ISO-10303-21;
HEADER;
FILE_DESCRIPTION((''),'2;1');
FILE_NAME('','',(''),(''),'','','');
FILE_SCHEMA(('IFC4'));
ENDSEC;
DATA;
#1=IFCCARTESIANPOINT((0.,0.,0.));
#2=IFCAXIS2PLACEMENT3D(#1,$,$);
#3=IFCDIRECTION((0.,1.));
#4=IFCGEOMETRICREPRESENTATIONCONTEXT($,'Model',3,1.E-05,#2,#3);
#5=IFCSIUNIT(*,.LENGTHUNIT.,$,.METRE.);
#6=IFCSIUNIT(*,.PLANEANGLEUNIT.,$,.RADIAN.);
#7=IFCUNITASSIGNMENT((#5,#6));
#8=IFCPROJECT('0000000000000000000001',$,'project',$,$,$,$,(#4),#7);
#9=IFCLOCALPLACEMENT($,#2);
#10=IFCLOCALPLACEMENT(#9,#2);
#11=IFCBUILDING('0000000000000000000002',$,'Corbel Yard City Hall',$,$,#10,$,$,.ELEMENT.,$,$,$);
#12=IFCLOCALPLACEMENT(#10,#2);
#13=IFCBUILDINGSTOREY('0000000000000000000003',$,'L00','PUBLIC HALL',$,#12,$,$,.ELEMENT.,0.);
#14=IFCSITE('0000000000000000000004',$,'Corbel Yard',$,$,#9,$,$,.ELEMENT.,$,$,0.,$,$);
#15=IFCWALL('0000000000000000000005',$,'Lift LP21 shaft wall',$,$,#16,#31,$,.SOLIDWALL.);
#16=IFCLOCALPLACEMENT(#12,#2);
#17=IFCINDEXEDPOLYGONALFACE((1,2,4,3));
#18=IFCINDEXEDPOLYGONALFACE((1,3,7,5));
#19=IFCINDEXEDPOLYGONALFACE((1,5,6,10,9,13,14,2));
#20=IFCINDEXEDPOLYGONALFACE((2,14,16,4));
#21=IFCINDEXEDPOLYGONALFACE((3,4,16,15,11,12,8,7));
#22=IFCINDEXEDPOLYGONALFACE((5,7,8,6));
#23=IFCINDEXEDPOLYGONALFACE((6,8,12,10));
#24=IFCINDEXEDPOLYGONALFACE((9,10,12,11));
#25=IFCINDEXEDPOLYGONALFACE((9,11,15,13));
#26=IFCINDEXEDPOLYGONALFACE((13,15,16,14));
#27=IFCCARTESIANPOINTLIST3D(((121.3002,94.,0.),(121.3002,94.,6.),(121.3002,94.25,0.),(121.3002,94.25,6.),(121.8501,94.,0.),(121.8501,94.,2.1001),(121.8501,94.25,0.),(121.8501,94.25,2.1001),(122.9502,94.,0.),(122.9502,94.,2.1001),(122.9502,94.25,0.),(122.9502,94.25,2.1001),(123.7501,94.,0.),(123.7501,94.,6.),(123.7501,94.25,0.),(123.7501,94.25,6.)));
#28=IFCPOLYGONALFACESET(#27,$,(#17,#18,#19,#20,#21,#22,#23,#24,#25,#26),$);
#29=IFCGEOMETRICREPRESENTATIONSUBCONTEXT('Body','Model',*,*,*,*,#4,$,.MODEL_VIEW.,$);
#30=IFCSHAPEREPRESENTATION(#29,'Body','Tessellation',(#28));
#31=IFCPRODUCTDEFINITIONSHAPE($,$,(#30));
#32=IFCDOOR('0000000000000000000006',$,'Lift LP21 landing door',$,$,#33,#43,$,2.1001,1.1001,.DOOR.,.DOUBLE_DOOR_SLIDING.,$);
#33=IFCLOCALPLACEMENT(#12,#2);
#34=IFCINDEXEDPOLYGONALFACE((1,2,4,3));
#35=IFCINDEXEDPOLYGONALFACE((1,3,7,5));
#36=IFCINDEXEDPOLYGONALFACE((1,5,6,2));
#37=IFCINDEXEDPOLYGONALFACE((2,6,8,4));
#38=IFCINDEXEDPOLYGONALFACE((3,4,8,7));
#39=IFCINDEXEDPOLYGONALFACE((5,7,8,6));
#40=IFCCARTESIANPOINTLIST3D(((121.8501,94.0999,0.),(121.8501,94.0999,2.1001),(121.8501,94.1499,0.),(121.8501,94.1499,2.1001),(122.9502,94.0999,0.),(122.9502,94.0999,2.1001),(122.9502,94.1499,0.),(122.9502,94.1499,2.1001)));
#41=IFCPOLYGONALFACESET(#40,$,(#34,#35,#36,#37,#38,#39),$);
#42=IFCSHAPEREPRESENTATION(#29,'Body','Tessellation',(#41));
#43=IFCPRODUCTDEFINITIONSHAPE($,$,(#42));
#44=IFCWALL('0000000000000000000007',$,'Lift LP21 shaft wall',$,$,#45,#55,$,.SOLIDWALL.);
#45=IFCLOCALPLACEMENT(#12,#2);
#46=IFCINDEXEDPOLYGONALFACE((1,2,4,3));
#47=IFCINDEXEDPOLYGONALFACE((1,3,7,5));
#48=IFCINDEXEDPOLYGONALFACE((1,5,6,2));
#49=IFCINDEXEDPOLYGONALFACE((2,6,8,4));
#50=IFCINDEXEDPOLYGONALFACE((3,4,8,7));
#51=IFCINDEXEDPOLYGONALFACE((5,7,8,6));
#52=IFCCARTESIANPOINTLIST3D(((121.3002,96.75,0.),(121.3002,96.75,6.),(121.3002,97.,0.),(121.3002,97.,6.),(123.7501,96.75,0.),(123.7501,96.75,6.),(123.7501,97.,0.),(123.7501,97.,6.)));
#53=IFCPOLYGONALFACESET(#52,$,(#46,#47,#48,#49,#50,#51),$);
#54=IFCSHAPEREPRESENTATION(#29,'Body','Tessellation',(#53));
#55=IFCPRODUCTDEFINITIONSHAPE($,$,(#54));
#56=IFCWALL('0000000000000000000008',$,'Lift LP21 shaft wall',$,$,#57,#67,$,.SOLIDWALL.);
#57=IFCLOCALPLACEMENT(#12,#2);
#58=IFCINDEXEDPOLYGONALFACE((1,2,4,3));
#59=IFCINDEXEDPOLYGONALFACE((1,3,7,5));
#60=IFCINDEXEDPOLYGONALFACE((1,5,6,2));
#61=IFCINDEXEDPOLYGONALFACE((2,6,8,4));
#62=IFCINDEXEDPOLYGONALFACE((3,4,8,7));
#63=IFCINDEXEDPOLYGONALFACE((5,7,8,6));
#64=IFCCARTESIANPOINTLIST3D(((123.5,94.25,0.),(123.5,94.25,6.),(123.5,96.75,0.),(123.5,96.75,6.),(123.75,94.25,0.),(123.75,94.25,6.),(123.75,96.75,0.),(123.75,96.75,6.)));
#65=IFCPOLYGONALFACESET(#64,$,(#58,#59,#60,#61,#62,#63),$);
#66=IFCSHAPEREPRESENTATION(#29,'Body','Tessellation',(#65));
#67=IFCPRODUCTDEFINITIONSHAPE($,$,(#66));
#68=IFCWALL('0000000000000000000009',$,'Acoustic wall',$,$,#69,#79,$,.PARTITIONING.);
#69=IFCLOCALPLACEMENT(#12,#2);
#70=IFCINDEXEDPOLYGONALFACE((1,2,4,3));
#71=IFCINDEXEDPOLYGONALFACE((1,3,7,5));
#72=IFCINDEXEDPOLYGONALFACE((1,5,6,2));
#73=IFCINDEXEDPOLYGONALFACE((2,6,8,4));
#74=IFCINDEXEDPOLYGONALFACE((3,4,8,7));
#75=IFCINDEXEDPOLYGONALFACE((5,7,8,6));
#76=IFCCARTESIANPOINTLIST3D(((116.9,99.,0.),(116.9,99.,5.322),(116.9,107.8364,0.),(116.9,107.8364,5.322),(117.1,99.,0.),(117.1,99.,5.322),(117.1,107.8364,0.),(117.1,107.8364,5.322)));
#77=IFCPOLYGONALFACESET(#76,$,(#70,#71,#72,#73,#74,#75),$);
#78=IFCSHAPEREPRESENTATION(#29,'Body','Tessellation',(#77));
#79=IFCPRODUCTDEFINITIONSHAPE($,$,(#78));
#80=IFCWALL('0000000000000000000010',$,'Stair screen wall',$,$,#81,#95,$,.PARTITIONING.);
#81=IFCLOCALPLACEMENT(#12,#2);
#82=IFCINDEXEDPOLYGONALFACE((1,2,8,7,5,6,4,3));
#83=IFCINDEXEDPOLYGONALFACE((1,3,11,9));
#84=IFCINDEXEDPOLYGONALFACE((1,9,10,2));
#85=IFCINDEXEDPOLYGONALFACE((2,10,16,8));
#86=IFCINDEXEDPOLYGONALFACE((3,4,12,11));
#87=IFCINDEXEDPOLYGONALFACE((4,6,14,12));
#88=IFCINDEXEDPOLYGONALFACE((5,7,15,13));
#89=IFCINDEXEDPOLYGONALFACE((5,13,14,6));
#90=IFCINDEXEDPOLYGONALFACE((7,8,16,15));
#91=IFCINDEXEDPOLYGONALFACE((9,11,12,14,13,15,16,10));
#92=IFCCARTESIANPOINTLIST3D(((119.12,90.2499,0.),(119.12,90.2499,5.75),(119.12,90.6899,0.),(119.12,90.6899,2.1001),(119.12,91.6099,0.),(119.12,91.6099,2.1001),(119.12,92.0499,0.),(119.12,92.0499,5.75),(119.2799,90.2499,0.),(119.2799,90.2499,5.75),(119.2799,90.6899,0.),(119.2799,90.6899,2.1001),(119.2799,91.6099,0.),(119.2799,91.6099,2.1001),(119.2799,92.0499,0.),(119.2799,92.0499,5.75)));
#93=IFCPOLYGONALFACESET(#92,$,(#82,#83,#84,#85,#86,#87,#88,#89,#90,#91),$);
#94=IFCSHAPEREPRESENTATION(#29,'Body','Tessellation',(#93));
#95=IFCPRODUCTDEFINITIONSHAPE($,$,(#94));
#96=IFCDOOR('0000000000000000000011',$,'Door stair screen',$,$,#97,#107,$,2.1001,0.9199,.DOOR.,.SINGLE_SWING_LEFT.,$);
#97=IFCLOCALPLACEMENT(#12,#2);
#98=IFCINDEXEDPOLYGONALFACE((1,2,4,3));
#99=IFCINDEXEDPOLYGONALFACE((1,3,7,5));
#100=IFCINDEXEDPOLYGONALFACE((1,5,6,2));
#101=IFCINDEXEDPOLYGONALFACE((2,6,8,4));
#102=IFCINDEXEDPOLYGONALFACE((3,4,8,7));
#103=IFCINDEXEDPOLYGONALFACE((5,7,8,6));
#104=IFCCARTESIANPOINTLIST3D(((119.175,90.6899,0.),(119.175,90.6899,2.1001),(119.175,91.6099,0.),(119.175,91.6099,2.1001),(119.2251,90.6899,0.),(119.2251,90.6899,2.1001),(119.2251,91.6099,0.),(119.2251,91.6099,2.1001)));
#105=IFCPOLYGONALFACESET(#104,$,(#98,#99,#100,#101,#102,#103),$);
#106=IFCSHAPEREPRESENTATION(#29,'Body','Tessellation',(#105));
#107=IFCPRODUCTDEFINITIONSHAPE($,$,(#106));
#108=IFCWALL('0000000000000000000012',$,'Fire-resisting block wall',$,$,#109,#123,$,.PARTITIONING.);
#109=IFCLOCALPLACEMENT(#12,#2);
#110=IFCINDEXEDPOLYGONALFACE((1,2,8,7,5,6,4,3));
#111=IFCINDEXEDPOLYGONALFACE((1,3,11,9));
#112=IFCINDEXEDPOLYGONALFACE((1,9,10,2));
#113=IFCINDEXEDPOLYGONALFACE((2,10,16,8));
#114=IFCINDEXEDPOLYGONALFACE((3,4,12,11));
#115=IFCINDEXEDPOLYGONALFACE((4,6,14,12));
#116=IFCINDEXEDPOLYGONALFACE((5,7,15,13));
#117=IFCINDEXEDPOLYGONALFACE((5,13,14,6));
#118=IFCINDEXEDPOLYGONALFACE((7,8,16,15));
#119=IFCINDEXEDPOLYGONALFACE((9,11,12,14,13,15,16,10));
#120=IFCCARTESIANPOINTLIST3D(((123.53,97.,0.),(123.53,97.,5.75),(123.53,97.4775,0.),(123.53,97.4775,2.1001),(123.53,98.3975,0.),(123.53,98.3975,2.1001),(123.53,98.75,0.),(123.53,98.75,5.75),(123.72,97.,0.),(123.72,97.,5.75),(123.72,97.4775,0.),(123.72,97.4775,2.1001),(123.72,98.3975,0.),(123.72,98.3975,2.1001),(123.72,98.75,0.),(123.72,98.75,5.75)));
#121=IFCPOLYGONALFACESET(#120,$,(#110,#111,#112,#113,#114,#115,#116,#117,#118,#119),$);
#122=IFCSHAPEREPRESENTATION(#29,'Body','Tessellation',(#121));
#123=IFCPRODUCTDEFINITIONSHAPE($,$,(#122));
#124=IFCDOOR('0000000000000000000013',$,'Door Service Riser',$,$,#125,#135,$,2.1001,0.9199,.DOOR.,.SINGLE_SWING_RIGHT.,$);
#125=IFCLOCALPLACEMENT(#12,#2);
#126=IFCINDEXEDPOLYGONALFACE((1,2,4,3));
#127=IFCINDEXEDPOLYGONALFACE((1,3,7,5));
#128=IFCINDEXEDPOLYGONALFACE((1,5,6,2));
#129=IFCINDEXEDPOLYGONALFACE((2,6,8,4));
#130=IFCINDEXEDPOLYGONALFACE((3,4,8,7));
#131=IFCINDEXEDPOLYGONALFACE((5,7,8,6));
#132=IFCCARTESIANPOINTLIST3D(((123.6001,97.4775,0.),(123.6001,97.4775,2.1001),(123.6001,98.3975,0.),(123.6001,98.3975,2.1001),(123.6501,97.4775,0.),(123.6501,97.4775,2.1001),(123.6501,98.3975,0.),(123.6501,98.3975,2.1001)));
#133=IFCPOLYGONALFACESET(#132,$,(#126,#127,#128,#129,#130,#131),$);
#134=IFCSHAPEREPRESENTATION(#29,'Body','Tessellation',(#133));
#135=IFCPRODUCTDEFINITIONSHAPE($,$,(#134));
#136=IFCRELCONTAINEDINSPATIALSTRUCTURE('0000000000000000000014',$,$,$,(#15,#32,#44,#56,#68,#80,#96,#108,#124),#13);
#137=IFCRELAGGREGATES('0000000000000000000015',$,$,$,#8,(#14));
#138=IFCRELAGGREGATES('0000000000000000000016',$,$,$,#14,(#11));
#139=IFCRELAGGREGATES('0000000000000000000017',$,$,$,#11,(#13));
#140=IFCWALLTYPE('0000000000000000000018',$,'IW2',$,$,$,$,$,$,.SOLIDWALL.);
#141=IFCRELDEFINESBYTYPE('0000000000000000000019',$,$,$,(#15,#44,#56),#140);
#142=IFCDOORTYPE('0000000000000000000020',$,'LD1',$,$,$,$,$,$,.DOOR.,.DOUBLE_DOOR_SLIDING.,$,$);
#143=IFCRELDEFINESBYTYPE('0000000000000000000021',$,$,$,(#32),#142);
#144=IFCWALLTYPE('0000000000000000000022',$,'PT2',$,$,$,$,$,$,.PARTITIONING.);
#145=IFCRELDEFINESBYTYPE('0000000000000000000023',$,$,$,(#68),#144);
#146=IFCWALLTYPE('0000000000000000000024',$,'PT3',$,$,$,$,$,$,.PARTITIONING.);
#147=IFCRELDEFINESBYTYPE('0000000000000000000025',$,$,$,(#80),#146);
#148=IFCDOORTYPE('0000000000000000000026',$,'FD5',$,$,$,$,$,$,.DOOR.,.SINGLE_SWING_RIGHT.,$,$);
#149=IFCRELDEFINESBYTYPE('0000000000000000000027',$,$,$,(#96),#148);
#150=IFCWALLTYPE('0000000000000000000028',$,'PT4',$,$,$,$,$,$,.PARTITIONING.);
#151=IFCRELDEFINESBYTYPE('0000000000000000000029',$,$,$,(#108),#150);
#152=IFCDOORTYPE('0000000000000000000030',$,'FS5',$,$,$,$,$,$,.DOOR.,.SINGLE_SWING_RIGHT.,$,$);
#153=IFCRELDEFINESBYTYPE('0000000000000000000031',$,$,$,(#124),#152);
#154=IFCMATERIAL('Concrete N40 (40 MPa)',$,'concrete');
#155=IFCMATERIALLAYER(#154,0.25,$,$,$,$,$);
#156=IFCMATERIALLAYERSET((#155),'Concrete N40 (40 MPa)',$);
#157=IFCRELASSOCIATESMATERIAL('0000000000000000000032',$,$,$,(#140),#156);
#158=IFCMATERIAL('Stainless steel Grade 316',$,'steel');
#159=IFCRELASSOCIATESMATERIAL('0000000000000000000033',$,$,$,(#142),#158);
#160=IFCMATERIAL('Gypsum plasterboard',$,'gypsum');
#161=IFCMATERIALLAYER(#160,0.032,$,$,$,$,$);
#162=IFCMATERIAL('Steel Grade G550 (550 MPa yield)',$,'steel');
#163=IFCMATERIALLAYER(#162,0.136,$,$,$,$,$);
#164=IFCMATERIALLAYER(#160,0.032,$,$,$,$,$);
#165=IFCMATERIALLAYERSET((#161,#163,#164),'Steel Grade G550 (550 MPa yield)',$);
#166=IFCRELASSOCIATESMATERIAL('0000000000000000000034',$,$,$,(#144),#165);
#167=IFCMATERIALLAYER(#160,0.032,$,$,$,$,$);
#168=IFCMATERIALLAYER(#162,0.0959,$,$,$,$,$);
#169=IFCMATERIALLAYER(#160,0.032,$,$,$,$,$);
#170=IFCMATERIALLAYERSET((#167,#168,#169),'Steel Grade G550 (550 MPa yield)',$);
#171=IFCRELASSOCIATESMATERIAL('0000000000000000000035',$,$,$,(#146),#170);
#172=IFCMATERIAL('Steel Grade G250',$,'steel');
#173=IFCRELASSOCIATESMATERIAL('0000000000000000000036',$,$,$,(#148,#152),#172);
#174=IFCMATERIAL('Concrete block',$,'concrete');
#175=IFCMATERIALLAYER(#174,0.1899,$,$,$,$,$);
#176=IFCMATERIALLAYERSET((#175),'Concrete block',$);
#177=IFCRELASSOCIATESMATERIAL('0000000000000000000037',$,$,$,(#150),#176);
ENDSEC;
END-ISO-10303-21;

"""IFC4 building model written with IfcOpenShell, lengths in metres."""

from ifc_helpers import new_model, si_unit, direction, frame, frame_2d, origin, place, context, subcontext, project, spatial, rectangle, extrude, material, layer, layer_set, type_object, element, fill, save


model = new_model("IFC4")

# Units and contexts
model_context = context("Model", 3, precision=1e-05, world=origin(), true_north=direction((0.0, 1.0)))
body_context = subcontext(model_context, "Body", "Model", "MODEL_VIEW")
ifc_project = project(units=[si_unit("LENGTHUNIT", "METRE"), si_unit("PLANEANGLEUNIT", "RADIAN")], contexts=[model_context])

# Site, building, storey
site_placement = place(None, origin())
site = spatial("IfcSite", under=ifc_project, at=site_placement, Name="Corbel Yard", CompositionType="ELEMENT", RefElevation=0.0)
building_placement = place(site_placement, origin())
building = spatial("IfcBuilding", under=site, at=building_placement, Name="Corbel Yard City Hall", CompositionType="ELEMENT")
storey_placement = place(building_placement, origin())
storey = spatial("IfcBuildingStorey", under=building, at=storey_placement, Name="L00", Description="PUBLIC HALL", CompositionType="ELEMENT", Elevation=0.0)

# Wall, opening, door
ifc_material_1 = material(Name="Steel Grade G250", Category="steel")
ifc_material_2 = material(Name="Concrete N40 (40 MPa)", Category="concrete")
ifc_layer_1 = layer(ifc_material_2, 0.25)
ifc_layer_set_1 = layer_set([ifc_layer_1], Name="Concrete N40 (40 MPa)")
wall_type_1 = type_object("IfcWallType", Name="IW2", PredefinedType="SOLIDWALL", material=ifc_layer_set_1)
wall_1_placement = place(storey_placement, frame((121.3, 94.125, 0.0), z_axis=(0.0, 0.0, 1.0), x_axis=(1.0, 0.0, 0.0)))
wall_1 = element("IfcWall", 1, at=wall_1_placement, inside=storey, type_object=wall_type_1, Name="Lift LP21 shaft wall", PredefinedType="SOLIDWALL", context=body_context, shape_type="SweptSolid", body=[
    extrude(rectangle(XDim=2.45, YDim=0.25, at=frame_2d((1.2251, 0.0))), origin(), (0.0, 0.0, 1.0), 6.0),
])
opening_1_placement = place(wall_1_placement, frame((0.55, 0.0, 0.0)))
opening_1 = element("IfcOpeningElement", 2, at=opening_1_placement, cuts=wall_1, PredefinedType="OPENING", context=body_context, shape_type="SweptSolid", body=[
    extrude(rectangle(XDim=1.1001, YDim=2.1001, at=frame_2d((0.55, 1.05))), frame((0.0, 0.135, 0.0), z_axis=(0.0, -1.0, 0.0), x_axis=(1.0, 0.0, 0.0)), (0.0, 0.0, 1.0), 0.27),
])
ifc_material_3 = material(Name="Stainless steel Grade 316", Category="steel")
door_type_1 = type_object("IfcDoorType", Name="LD1", OperationType="DOUBLE_DOOR_SLIDING", PredefinedType="DOOR", material=ifc_material_3)
door_1_placement = place(opening_1_placement, origin())
door_1 = element("IfcDoor", 3, at=door_1_placement, inside=storey, type_object=door_type_1, Name="Lift LP21 landing door", OperationType="DOUBLE_DOOR_SLIDING", OverallHeight=2.1001, OverallWidth=1.1001, PredefinedType="DOOR", context=body_context, shape_type="SweptSolid", body=[
    extrude(rectangle(XDim=1.1001, YDim=2.1001, at=frame_2d((0.55, 1.05))), frame((0.0, 0.0249, 0.0), z_axis=(0.0, -1.0, 0.0), x_axis=(1.0, 0.0, 0.0)), (0.0, 0.0, 1.0), 0.05),
])
fill(opening_1, door_1)

# Walls
wall_2_placement = place(storey_placement, frame((121.3, 96.875, 0.0), z_axis=(0.0, 0.0, 1.0), x_axis=(1.0, 0.0, 0.0)))
element("IfcWall", 4, at=wall_2_placement, inside=storey, type_object=wall_type_1, Name="Lift LP21 shaft wall", PredefinedType="SOLIDWALL", context=body_context, shape_type="SweptSolid", body=[
    extrude(rectangle(XDim=2.45, YDim=0.25, at=frame_2d((1.2251, 0.0))), origin(), (0.0, 0.0, 1.0), 6.0),
])
wall_3_placement = place(storey_placement, frame((123.625, 94.25, 0.0), z_axis=(0.0, 0.0, 1.0), x_axis=(0.0, 1.0, 0.0)))
element("IfcWall", 5, at=wall_3_placement, inside=storey, type_object=wall_type_1, Name="Lift LP21 shaft wall", PredefinedType="SOLIDWALL", context=body_context, shape_type="SweptSolid", body=[
    extrude(rectangle(XDim=2.5, YDim=0.25, at=frame_2d((1.25, 0.0))), origin(), (0.0, 0.0, 1.0), 6.0),
])
ifc_material_4 = material(Name="Gypsum plasterboard", Category="gypsum")
ifc_layer_2 = layer(ifc_material_4, 0.032)
ifc_material_5 = material(Name="Steel Grade G550 (550 MPa yield)", Category="steel")
ifc_layer_3 = layer(ifc_material_5, 0.136)
ifc_layer_4 = layer(ifc_material_4, 0.032)
ifc_layer_set_2 = layer_set([ifc_layer_2, ifc_layer_3, ifc_layer_4], Name="Steel Grade G550 (550 MPa yield)")
wall_type_2 = type_object("IfcWallType", Name="PT2", PredefinedType="PARTITIONING", material=ifc_layer_set_2)
wall_4_placement = place(storey_placement, frame((117.0, 99.0, 0.0), z_axis=(0.0, 0.0, 1.0), x_axis=(0.0, 1.0, 0.0)))
element("IfcWall", 6, at=wall_4_placement, inside=storey, type_object=wall_type_2, Name="Acoustic wall", PredefinedType="PARTITIONING", context=body_context, shape_type="SweptSolid", body=[
    extrude(rectangle(XDim=8.8364, YDim=0.2, at=frame_2d((4.4182, 0.0))), origin(), (0.0, 0.0, 1.0), 5.322),
])

# Walls, openings, doors
ifc_layer_5 = layer(ifc_material_4, 0.032)
ifc_layer_6 = layer(ifc_material_5, 0.0959)
ifc_layer_7 = layer(ifc_material_4, 0.032)
ifc_layer_set_3 = layer_set([ifc_layer_5, ifc_layer_6, ifc_layer_7], Name="Steel Grade G550 (550 MPa yield)")
wall_type_3 = type_object("IfcWallType", Name="PT3", PredefinedType="PARTITIONING", material=ifc_layer_set_3)
wall_5_placement = place(storey_placement, frame((119.2, 90.25, 0.0), z_axis=(0.0, 0.0, 1.0), x_axis=(0.0, 1.0, 0.0)))
wall_5 = element("IfcWall", 7, at=wall_5_placement, inside=storey, type_object=wall_type_3, Name="Stair screen wall", PredefinedType="PARTITIONING", context=body_context, shape_type="SweptSolid", body=[
    extrude(rectangle(XDim=1.8, YDim=0.1599, at=frame_2d((0.8999, 0.0))), origin(), (0.0, 0.0, 1.0), 5.75),
])
opening_2_placement = place(wall_5_placement, frame((0.4399, 0.0, 0.0)))
opening_2 = element("IfcOpeningElement", 8, at=opening_2_placement, cuts=wall_5, PredefinedType="OPENING", context=body_context, shape_type="SweptSolid", body=[
    extrude(rectangle(XDim=0.9199, YDim=2.1001, at=frame_2d((0.46, 1.05))), frame((0.0, 0.0898, 0.0), z_axis=(0.0, -1.0, 0.0), x_axis=(1.0, 0.0, 0.0)), (0.0, 0.0, 1.0), 0.1799),
])
door_type_2 = type_object("IfcDoorType", Name="FD5", OperationType="SINGLE_SWING_RIGHT", PredefinedType="DOOR", material=ifc_material_1)
door_2_placement = place(opening_2_placement, origin())
door_2 = element("IfcDoor", 9, at=door_2_placement, inside=storey, type_object=door_type_2, Name="Door stair screen", OperationType="SINGLE_SWING_LEFT", OverallHeight=2.1001, OverallWidth=0.9199, PredefinedType="DOOR", context=body_context, shape_type="SweptSolid", body=[
    extrude(rectangle(XDim=0.9199, YDim=2.1001, at=frame_2d((0.46, 1.05))), frame((0.0, 0.0249, 0.0), z_axis=(0.0, -1.0, 0.0), x_axis=(1.0, 0.0, 0.0)), (0.0, 0.0, 1.0), 0.05),
])
fill(opening_2, door_2)
ifc_material_6 = material(Name="Concrete block", Category="concrete")
ifc_layer_8 = layer(ifc_material_6, 0.1899)
ifc_layer_set_4 = layer_set([ifc_layer_8], Name="Concrete block")
wall_type_4 = type_object("IfcWallType", Name="PT4", PredefinedType="PARTITIONING", material=ifc_layer_set_4)
wall_6_placement = place(storey_placement, frame((123.625, 97.0, 0.0), z_axis=(0.0, 0.0, 1.0), x_axis=(0.0, 1.0, 0.0)))
wall_6 = element("IfcWall", 10, at=wall_6_placement, inside=storey, type_object=wall_type_4, Name="Fire-resisting block wall", PredefinedType="PARTITIONING", context=body_context, shape_type="SweptSolid", body=[
    extrude(rectangle(XDim=1.75, YDim=0.1899, at=frame_2d((0.875, 0.0))), origin(), (0.0, 0.0, 1.0), 5.75),
])
opening_3_placement = place(wall_6_placement, frame((0.4775, 0.0, 0.0)))
opening_3 = element("IfcOpeningElement", 11, at=opening_3_placement, cuts=wall_6, PredefinedType="OPENING", context=body_context, shape_type="SweptSolid", body=[
    extrude(rectangle(XDim=0.9199, YDim=2.1001, at=frame_2d((0.46, 1.05))), frame((0.0, 0.105, 0.0), z_axis=(0.0, -1.0, 0.0), x_axis=(1.0, 0.0, 0.0)), (0.0, 0.0, 1.0), 0.21),
])
door_type_3 = type_object("IfcDoorType", Name="FS5", OperationType="SINGLE_SWING_RIGHT", PredefinedType="DOOR", material=ifc_material_1)
door_3_placement = place(opening_3_placement, origin())
door_3 = element("IfcDoor", 12, at=door_3_placement, inside=storey, type_object=door_type_3, Name="Door Service Riser", OperationType="SINGLE_SWING_RIGHT", OverallHeight=2.1001, OverallWidth=0.9199, PredefinedType="DOOR", context=body_context, shape_type="SweptSolid", body=[
    extrude(rectangle(XDim=0.9199, YDim=2.1001, at=frame_2d((0.46, 1.05))), frame((0.0, 0.0249, 0.0), z_axis=(0.0, -1.0, 0.0), x_axis=(1.0, 0.0, 0.0)), (0.0, 0.0, 1.0), 0.05),
])
fill(opening_3, door_3)

save(model, "model.ifc")
